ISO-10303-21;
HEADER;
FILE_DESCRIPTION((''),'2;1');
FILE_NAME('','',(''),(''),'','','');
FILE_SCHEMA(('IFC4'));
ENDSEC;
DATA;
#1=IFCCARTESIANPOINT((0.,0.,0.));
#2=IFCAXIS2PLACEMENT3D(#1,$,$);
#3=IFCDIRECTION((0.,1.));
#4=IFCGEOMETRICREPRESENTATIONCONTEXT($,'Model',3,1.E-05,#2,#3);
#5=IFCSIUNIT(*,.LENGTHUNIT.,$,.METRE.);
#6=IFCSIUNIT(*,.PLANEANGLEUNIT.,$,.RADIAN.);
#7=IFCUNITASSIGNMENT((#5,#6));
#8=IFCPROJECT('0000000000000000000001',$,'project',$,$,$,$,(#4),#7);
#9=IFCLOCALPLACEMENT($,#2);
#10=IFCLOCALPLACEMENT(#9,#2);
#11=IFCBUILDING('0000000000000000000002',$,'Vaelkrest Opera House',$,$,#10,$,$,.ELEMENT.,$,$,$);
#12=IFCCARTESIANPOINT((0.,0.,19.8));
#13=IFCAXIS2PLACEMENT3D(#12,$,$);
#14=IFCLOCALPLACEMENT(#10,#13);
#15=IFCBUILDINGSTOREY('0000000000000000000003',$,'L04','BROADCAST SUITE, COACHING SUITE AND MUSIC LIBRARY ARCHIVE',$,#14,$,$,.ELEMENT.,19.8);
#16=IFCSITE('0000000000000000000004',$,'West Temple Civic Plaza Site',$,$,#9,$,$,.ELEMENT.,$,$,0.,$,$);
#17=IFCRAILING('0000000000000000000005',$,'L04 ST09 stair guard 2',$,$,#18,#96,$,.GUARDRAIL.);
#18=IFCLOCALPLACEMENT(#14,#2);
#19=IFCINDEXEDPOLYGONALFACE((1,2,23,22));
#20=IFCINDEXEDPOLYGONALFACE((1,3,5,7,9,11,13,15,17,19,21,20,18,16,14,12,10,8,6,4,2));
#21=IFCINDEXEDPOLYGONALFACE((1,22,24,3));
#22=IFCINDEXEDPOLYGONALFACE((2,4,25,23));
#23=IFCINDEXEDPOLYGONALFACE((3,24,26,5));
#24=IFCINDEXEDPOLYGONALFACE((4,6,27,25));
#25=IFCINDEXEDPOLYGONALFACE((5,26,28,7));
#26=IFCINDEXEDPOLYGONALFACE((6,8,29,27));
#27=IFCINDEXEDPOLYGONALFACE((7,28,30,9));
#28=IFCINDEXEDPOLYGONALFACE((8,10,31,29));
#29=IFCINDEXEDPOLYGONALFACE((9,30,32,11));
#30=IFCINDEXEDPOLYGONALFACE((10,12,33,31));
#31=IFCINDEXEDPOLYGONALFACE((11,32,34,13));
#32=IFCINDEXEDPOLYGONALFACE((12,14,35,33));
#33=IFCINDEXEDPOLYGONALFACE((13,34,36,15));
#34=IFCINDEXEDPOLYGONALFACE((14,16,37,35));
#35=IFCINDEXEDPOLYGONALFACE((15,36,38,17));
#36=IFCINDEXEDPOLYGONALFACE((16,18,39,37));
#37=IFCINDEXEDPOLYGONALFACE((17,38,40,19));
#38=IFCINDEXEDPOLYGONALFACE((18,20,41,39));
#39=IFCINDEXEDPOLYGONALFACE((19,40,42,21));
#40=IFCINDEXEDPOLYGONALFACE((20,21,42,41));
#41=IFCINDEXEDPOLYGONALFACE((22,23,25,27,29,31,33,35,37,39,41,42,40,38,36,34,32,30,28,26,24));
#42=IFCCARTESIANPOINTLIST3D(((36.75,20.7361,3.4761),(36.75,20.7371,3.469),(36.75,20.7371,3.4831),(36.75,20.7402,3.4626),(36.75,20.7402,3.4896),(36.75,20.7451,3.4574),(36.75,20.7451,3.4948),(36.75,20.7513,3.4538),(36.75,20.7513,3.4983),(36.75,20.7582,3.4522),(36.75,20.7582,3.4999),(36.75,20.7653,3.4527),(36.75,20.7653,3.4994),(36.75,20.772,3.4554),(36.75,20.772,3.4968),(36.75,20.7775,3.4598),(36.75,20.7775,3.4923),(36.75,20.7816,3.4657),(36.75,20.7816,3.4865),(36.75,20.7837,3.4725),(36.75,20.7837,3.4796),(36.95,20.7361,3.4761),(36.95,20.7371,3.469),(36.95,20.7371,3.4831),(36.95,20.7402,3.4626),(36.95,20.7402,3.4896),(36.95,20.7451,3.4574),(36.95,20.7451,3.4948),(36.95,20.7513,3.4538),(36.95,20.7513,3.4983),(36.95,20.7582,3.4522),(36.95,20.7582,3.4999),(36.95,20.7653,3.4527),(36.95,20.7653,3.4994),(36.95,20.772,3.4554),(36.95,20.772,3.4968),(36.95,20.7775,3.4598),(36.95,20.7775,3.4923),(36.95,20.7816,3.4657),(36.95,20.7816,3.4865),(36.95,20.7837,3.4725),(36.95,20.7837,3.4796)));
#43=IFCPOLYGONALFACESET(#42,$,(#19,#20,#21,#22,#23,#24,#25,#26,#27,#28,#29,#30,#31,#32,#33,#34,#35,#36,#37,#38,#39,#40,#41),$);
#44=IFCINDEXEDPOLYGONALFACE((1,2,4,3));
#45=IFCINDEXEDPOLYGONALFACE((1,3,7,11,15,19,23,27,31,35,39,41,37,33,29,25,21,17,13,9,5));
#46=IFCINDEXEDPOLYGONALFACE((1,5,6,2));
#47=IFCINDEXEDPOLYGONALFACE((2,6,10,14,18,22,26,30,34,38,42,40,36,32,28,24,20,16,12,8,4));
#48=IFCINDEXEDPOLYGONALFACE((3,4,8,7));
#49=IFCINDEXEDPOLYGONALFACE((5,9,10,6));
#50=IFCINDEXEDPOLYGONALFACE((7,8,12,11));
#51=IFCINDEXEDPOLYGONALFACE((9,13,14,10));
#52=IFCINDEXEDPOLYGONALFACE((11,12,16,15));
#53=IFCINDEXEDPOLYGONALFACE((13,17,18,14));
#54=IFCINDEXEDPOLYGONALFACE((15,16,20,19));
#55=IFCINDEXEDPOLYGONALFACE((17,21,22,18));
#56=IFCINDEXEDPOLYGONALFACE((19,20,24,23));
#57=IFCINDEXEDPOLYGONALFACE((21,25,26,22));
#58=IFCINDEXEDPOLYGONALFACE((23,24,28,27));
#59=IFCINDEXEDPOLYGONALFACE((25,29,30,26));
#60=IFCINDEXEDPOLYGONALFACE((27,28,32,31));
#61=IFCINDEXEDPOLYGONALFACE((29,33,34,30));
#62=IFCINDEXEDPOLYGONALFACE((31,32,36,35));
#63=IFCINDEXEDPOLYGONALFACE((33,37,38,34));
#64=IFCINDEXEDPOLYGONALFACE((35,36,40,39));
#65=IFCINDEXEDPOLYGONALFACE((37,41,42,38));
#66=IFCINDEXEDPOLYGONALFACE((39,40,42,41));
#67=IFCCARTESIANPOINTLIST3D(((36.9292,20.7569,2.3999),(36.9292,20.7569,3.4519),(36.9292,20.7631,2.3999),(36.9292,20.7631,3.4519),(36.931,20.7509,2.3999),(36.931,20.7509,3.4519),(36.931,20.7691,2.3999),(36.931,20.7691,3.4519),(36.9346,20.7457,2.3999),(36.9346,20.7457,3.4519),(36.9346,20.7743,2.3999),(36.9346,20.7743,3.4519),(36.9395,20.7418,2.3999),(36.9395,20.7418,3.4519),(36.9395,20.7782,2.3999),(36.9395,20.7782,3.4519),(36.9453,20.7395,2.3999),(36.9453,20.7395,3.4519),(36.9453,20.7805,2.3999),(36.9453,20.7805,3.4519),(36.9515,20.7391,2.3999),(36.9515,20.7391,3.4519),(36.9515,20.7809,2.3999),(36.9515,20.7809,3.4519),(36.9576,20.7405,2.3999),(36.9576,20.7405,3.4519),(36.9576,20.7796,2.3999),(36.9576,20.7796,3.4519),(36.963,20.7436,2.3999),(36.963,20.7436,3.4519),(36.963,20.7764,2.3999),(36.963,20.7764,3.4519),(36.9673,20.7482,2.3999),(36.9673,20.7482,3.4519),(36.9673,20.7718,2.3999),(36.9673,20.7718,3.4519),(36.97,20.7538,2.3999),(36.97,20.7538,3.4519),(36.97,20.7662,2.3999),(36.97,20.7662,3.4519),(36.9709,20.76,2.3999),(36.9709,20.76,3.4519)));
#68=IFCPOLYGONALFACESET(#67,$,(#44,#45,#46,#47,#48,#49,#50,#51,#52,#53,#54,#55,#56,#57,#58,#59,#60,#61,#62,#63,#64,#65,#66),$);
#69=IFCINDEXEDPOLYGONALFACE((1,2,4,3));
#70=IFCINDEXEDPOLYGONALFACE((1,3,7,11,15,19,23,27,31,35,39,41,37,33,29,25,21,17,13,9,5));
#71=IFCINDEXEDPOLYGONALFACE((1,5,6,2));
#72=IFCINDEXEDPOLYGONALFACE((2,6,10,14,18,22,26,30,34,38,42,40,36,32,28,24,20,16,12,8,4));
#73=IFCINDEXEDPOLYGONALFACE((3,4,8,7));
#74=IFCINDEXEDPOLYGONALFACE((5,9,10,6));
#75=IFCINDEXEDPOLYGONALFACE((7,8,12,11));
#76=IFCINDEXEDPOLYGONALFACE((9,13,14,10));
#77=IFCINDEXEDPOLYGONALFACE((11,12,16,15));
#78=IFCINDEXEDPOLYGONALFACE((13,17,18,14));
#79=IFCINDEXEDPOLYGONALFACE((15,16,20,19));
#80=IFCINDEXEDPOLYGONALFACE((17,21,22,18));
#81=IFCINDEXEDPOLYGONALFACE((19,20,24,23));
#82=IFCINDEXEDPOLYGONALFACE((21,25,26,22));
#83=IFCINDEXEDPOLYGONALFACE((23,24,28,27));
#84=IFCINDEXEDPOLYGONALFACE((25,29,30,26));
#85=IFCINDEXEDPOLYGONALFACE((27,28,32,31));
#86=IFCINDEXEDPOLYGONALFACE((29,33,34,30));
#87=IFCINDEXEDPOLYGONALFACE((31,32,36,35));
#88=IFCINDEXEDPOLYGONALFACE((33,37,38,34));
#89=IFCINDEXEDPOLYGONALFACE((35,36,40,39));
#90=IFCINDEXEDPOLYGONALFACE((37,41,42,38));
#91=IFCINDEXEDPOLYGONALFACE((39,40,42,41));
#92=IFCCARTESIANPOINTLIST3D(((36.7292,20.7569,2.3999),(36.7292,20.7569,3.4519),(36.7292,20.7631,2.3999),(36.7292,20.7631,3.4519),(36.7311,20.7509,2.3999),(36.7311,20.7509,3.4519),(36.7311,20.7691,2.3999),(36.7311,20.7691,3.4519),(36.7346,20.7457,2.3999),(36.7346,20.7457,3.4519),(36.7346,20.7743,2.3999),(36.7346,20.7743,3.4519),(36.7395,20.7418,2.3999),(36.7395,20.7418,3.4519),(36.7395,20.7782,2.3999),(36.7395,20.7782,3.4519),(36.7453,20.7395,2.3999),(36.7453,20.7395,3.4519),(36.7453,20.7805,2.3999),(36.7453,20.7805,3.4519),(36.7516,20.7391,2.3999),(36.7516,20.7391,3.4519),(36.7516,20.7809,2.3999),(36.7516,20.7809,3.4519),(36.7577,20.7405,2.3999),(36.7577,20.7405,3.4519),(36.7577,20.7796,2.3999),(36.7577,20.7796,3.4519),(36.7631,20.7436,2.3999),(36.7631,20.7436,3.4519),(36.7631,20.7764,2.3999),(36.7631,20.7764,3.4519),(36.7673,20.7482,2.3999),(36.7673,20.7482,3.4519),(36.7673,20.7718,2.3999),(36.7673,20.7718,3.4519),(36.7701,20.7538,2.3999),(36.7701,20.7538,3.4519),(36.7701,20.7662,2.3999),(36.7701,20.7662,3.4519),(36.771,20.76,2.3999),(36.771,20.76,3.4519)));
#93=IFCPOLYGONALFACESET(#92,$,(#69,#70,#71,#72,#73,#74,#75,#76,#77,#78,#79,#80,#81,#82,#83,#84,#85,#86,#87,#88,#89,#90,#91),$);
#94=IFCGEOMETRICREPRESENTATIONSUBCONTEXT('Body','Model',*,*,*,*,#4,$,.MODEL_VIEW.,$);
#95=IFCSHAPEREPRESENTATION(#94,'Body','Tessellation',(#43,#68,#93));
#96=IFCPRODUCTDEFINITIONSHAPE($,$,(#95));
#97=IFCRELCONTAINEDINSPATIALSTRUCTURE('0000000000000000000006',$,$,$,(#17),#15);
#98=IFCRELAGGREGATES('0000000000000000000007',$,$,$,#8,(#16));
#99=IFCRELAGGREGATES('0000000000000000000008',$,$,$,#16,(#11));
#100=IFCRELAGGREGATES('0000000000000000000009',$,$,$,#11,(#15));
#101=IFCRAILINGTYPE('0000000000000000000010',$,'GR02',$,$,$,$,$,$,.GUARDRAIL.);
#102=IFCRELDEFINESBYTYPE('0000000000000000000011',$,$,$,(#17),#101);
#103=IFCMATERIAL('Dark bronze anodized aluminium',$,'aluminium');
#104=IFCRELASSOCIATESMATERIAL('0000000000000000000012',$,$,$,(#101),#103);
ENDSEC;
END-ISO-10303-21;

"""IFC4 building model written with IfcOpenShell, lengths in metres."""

from ifc_helpers import new_model, si_unit, direction, frame, origin, origin_2d, place, context, subcontext, project, spatial, circle, extrude, material, type_object, element, save


model = new_model("IFC4")

# Units and contexts
model_context = context("Model", 3, precision=1e-05, world=origin(), true_north=direction((0.0, 1.0)))
body_context = subcontext(model_context, "Body", "Model", "MODEL_VIEW")
ifc_project = project(units=[si_unit("LENGTHUNIT", "METRE"), si_unit("PLANEANGLEUNIT", "RADIAN")], contexts=[model_context])

# Site, building, storey
site_placement = place(None, origin())
site = spatial("IfcSite", under=ifc_project, at=site_placement, Name="West Temple Civic Plaza Site", CompositionType="ELEMENT", RefElevation=0.0)
building_placement = place(site_placement, origin())
building = spatial("IfcBuilding", under=site, at=building_placement, Name="Vaelkrest Opera House", CompositionType="ELEMENT")
storey_placement = place(building_placement, frame((0.0, 0.0, 19.8)))
storey = spatial("IfcBuildingStorey", under=building, at=storey_placement, Name="L04", Description="BROADCAST SUITE, COACHING SUITE AND MUSIC LIBRARY ARCHIVE", CompositionType="ELEMENT", Elevation=19.8)

# Railing
ifc_material_1 = material(Name="Dark bronze anodized aluminium", Category="aluminium")
railing_type = type_object("IfcRailingType", Name="GR02", PredefinedType="GUARDRAIL", material=ifc_material_1)
railing_1_placement = place(storey_placement, frame((36.95, 20.76, 2.3999)))
element("IfcRailing", 1, at=railing_1_placement, inside=storey, type_object=railing_type, Name="L04 ST09 stair guard 2", PredefinedType="GUARDRAIL", context=body_context, shape_type="SweptSolid", body=[
    extrude(circle(Radius=0.0239, at=origin_2d()), frame((0.0, 0.0, 1.0762), z_axis=(-1.0, 0.0, 0.0), x_axis=(0.0, -1.0, 0.0)), (0.0, 0.0, 1.0), 0.2),
    extrude(circle(Radius=0.021, at=origin_2d()), origin(), (0.0, 0.0, 1.0), 1.052),
    extrude(circle(Radius=0.021, at=origin_2d()), frame((-0.2, 0.0, 0.0)), (0.0, 0.0, 1.0), 1.052),
])

save(model, "model.ifc")
